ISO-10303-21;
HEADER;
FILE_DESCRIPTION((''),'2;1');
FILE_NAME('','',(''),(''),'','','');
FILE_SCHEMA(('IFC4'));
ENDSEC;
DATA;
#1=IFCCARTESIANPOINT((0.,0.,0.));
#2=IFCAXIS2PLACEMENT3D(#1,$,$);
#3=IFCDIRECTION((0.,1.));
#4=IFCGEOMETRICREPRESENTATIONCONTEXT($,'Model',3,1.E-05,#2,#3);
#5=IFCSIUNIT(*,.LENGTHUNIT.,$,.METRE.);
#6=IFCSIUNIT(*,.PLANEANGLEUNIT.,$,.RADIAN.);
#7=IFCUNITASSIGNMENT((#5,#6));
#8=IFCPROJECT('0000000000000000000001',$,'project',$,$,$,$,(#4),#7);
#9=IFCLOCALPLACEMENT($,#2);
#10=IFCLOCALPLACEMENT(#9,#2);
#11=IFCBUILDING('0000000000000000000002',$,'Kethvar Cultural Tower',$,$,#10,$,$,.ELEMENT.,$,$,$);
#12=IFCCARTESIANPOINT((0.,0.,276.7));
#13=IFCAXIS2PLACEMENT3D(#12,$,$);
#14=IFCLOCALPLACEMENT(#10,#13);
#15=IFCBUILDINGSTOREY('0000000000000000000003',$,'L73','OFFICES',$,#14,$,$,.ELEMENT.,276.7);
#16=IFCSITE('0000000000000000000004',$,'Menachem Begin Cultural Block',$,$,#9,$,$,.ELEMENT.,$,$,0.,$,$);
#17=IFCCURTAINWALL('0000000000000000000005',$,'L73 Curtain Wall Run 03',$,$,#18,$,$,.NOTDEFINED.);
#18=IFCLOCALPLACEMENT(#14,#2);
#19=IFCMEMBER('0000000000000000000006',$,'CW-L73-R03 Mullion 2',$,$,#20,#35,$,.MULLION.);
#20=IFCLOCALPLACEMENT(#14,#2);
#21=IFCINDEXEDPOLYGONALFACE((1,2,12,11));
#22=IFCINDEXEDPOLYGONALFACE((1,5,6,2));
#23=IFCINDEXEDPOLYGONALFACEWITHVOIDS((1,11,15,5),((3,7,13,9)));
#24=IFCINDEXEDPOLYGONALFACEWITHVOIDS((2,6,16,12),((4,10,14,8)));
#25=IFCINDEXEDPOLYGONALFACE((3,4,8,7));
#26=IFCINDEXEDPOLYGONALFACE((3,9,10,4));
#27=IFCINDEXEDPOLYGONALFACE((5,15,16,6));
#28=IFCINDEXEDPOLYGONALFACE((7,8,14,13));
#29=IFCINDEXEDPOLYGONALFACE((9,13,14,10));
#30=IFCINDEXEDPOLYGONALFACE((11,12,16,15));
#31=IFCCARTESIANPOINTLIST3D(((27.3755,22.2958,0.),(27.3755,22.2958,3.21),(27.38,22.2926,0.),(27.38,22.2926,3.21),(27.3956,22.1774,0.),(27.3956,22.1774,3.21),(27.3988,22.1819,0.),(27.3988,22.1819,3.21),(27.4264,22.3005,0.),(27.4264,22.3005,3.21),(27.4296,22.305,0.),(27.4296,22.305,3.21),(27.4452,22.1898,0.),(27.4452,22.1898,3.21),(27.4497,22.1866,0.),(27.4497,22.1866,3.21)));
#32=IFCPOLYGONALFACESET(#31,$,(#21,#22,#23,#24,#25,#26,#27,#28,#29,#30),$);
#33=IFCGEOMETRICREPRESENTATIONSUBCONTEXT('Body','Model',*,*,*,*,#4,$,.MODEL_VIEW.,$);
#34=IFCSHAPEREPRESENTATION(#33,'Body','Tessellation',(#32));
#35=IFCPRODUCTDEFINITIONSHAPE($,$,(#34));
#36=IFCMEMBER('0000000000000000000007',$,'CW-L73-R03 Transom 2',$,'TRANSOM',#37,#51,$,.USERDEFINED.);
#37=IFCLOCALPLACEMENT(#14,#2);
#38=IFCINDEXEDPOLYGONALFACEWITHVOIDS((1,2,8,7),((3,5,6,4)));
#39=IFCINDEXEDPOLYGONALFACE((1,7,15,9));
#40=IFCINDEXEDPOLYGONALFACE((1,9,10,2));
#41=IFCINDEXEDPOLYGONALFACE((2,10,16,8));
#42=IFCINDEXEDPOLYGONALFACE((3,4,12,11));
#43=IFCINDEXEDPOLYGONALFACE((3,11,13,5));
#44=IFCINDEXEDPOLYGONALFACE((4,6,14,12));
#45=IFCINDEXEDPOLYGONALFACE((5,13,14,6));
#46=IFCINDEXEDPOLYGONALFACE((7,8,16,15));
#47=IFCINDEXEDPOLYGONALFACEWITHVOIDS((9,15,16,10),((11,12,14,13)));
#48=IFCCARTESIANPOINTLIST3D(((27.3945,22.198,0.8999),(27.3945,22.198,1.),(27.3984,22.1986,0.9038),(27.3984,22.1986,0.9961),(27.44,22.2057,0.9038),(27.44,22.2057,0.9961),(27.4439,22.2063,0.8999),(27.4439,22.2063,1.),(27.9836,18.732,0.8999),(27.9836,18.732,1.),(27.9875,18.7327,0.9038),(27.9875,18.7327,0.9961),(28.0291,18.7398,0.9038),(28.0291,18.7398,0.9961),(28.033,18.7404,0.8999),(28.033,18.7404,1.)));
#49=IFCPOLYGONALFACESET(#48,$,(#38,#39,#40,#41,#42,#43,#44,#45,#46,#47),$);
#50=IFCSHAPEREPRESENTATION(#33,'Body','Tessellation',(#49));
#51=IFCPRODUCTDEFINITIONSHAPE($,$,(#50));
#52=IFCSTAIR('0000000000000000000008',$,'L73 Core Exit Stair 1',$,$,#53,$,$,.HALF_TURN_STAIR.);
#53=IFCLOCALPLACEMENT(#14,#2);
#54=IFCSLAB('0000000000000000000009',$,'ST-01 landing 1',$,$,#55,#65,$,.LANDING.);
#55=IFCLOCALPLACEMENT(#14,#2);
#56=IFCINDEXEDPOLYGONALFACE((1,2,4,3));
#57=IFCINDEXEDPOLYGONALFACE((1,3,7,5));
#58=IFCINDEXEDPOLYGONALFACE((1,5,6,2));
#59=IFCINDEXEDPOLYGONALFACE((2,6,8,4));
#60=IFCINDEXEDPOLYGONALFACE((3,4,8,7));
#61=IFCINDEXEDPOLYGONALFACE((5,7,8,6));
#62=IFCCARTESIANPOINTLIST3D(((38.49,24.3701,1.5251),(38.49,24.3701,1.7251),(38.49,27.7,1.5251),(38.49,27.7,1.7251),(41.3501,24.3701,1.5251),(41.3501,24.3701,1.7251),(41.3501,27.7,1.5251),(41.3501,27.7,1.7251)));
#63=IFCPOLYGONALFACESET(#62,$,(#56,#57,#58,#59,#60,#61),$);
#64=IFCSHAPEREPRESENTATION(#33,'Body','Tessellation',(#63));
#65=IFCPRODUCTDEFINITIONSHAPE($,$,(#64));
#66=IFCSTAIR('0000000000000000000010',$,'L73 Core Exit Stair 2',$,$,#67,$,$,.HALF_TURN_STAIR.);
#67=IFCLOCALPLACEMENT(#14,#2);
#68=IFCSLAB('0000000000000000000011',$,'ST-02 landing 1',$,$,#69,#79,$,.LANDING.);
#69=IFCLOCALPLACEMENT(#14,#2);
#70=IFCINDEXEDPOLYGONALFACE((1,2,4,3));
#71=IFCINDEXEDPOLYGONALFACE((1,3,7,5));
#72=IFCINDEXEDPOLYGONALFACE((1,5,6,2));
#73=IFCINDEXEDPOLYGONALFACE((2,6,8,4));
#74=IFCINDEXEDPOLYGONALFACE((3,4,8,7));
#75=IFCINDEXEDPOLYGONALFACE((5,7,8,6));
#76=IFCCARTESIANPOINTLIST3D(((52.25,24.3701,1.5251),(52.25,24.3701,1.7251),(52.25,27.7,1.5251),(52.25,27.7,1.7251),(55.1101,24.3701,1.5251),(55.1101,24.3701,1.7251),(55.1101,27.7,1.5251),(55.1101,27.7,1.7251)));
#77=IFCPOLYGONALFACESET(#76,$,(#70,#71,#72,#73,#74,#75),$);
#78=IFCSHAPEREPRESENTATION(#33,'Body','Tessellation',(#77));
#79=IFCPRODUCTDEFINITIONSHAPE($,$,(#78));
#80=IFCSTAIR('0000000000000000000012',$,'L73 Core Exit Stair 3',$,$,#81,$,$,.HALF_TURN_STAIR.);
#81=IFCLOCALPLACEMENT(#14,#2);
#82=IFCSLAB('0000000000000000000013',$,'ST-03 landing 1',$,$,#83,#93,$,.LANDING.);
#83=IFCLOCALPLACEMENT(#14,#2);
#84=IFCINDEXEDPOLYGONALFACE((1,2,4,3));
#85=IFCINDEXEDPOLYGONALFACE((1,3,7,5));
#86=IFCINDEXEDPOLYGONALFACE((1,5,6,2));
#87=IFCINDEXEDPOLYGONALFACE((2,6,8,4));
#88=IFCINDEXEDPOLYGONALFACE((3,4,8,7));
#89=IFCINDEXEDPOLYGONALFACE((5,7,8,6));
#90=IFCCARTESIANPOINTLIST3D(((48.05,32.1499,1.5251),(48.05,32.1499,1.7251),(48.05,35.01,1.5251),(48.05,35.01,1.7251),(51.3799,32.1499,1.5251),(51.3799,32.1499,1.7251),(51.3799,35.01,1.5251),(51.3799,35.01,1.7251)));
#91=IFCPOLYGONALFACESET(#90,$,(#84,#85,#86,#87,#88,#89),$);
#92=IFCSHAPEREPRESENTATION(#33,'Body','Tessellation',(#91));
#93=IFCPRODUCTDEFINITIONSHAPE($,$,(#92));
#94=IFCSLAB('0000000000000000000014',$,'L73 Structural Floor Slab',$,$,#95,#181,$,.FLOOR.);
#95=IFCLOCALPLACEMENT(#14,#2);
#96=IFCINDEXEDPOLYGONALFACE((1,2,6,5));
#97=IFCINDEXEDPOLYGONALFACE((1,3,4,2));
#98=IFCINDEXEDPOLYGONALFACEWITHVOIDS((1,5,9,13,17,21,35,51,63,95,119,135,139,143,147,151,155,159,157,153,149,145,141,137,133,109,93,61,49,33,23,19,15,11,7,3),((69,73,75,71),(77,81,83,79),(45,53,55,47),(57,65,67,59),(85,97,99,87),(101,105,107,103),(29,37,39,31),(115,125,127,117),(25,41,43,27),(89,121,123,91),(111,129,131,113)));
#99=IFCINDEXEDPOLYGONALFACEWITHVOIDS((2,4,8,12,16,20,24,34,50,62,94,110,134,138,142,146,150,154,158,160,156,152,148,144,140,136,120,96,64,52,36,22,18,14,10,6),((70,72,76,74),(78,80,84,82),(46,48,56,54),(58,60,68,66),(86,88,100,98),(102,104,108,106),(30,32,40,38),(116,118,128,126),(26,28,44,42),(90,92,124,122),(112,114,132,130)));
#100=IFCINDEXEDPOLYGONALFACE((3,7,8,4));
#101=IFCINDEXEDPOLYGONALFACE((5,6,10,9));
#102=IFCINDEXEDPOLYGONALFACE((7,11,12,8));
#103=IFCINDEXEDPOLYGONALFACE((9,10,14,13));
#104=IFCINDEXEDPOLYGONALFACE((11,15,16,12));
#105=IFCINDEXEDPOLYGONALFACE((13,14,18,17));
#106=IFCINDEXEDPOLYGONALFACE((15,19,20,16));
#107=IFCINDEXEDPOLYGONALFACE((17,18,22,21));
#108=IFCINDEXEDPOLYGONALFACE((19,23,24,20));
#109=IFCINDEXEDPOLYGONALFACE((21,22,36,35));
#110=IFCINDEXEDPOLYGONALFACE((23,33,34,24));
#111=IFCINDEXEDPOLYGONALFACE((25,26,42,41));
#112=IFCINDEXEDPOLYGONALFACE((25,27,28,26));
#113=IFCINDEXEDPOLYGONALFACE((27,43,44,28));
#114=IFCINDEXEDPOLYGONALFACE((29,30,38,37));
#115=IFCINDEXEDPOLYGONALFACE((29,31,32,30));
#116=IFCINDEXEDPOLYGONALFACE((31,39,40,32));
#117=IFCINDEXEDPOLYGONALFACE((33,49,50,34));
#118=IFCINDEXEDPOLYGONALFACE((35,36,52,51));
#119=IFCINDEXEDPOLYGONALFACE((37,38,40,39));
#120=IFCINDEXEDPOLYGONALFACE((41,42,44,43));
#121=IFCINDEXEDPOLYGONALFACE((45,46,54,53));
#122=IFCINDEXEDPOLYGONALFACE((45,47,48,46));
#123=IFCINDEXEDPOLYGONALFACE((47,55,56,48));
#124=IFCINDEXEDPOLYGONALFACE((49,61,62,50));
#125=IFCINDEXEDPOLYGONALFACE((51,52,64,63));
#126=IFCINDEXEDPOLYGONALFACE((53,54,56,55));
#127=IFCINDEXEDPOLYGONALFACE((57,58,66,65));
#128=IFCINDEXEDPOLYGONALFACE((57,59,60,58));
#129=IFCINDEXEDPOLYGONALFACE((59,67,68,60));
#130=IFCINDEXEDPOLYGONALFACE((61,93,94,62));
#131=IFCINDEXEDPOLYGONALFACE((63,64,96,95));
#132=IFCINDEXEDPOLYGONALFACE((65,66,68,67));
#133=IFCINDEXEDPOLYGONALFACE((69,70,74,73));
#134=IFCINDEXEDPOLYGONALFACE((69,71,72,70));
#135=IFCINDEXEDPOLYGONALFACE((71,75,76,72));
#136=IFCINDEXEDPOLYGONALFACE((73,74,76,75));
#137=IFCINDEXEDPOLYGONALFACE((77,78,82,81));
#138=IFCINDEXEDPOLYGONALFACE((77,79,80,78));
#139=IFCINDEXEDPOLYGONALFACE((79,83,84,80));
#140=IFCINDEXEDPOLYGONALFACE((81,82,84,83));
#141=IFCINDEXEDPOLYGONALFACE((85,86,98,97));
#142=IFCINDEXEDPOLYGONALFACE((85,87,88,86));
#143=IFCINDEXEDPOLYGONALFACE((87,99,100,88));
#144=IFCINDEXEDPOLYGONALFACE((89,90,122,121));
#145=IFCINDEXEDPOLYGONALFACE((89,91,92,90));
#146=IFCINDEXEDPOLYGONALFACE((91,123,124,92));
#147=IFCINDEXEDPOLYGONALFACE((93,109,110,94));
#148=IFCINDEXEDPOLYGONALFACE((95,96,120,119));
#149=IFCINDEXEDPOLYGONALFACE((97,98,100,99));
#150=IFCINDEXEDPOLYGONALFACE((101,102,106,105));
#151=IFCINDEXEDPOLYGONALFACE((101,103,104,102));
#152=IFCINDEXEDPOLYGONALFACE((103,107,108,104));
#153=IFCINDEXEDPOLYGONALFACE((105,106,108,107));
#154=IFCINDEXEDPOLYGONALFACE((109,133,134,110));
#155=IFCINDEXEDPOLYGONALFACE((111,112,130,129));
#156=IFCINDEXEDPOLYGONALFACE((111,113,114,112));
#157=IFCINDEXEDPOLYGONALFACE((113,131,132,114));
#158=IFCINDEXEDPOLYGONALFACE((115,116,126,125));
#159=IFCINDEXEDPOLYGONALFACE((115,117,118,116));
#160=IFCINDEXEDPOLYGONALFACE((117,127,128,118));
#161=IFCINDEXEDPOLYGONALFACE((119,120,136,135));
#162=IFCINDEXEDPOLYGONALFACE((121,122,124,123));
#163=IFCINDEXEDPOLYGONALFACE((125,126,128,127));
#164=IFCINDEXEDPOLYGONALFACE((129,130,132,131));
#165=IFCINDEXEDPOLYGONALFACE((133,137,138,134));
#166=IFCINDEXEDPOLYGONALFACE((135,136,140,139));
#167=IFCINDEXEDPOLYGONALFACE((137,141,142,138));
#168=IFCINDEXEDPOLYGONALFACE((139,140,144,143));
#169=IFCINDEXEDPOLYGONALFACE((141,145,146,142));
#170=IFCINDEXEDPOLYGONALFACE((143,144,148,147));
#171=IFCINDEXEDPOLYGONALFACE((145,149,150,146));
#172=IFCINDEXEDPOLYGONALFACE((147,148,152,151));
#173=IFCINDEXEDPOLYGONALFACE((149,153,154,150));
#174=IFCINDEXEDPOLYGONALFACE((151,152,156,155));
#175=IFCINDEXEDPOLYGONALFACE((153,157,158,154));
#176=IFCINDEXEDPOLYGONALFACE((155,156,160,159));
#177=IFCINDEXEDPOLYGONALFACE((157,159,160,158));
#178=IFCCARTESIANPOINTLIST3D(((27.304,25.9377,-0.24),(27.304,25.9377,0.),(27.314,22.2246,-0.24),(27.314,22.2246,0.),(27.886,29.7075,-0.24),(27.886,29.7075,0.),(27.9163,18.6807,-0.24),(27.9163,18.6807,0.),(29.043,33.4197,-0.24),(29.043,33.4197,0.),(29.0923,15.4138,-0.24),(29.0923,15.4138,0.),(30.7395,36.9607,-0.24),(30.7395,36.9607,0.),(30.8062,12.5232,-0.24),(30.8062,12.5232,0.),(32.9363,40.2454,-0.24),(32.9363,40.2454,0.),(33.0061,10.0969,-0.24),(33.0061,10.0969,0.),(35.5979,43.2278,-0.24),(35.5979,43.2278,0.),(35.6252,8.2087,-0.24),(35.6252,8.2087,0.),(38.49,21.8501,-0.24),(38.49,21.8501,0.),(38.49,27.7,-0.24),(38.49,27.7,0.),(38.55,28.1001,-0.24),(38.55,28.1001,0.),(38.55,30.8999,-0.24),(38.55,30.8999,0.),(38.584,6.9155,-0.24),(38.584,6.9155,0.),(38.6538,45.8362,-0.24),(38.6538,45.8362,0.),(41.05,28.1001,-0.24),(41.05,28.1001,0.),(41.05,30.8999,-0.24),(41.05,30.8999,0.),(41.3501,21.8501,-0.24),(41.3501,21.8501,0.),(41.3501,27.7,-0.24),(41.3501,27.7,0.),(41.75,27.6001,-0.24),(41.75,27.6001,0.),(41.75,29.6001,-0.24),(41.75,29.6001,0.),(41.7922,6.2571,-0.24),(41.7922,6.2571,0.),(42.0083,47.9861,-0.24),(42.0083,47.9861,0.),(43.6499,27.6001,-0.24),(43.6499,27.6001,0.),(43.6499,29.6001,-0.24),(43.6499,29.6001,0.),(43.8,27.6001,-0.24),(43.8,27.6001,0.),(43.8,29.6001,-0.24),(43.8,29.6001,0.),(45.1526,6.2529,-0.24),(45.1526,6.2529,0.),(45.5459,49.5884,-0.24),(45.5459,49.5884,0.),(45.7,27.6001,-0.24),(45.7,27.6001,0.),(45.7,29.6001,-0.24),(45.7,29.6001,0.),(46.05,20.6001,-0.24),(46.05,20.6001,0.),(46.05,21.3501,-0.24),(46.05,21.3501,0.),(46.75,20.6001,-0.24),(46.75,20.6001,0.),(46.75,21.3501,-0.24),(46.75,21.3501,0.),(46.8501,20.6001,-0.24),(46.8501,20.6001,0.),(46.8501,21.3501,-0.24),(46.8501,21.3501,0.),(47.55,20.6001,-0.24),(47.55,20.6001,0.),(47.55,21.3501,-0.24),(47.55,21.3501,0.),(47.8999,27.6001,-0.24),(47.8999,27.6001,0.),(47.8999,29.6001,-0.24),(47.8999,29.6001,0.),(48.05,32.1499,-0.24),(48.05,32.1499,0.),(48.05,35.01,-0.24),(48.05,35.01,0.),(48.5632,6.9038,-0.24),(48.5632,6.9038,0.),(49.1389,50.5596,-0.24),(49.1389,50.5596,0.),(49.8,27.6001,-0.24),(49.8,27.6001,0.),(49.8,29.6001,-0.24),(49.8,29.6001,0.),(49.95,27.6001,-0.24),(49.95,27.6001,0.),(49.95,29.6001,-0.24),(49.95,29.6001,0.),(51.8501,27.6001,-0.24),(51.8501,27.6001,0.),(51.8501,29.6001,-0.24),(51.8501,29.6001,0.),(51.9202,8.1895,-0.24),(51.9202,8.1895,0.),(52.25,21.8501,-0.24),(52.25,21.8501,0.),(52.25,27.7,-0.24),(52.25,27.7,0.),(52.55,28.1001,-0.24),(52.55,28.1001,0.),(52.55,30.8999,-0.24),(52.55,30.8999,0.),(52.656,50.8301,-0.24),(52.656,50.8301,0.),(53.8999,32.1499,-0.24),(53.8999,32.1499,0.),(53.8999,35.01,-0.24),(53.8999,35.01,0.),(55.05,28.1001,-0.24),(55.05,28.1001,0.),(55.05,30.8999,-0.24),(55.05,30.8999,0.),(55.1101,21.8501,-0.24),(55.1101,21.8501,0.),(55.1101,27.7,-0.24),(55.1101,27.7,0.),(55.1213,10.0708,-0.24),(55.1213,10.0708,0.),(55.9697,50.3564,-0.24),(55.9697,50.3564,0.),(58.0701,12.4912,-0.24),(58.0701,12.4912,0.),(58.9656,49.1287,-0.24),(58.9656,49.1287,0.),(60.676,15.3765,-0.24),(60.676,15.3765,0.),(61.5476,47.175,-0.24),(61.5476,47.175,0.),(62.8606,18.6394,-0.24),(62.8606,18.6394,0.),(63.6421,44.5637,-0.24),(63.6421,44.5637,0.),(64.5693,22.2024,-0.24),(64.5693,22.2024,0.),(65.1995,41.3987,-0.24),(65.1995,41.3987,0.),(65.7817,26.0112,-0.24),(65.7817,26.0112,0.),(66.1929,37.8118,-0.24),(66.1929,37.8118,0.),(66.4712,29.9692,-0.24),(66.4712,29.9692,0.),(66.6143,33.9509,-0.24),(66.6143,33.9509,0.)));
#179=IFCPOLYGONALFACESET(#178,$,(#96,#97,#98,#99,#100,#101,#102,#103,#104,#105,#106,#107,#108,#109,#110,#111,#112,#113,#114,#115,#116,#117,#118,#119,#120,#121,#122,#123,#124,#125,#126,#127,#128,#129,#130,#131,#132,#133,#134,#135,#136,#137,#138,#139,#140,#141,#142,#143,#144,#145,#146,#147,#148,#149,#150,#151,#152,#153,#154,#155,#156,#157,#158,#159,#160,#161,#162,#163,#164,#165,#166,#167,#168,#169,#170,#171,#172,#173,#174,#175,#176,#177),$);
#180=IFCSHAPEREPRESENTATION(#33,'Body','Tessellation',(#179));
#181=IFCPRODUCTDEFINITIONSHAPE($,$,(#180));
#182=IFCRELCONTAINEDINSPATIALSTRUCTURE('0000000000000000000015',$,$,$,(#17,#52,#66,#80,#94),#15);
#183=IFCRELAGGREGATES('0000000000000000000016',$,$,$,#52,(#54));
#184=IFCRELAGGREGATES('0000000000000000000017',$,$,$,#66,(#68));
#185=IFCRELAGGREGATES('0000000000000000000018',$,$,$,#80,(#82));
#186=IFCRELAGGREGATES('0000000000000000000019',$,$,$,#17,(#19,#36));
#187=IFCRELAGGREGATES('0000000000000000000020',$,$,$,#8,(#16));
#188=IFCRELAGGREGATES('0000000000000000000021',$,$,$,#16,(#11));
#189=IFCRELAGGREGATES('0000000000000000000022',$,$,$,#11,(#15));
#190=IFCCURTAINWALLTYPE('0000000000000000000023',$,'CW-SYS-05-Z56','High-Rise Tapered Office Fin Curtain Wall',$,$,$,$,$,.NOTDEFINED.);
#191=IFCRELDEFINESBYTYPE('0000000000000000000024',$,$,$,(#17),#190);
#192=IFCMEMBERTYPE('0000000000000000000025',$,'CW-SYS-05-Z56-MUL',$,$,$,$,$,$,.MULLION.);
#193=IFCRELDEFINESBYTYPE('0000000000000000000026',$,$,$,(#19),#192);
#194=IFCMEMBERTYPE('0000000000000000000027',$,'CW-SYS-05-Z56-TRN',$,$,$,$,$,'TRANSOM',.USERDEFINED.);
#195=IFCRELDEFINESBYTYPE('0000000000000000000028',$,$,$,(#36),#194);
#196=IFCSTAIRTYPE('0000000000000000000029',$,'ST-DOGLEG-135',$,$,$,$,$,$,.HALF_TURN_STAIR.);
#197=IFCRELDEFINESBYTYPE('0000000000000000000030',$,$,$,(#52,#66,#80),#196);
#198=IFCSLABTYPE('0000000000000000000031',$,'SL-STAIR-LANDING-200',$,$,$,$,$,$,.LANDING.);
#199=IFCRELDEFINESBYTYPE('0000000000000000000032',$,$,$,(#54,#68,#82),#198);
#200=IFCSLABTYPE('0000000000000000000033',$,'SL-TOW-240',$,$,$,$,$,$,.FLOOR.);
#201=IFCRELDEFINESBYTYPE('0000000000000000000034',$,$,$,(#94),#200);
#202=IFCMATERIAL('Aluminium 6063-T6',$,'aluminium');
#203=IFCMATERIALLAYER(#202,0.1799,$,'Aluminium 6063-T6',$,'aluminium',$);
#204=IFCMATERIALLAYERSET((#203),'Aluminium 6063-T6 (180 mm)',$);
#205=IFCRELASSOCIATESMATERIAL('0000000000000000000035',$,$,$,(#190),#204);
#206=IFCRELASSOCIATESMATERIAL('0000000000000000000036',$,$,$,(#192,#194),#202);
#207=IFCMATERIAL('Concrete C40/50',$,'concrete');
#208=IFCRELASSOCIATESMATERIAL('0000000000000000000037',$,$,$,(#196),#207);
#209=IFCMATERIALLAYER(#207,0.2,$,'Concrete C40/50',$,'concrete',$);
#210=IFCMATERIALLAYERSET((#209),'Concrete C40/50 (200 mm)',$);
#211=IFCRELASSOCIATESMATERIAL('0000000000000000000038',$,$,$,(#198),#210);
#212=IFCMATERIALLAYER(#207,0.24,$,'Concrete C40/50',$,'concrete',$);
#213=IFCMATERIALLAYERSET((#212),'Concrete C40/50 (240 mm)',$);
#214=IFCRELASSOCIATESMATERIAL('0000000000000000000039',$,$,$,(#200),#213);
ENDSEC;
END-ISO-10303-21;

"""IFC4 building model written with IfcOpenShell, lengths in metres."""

from ifc_helpers import new_model, si_unit, direction, frame, origin, origin_2d, place, context, subcontext, project, spatial, polyline, hollow_rectangle, outline, extrude, source, transform, mapped, material, layer, layer_set, material_profile, profile_set, type_object, element, aggregate, save


model = new_model("IFC4")

# Units and contexts
model_context = context("Model", 3, precision=1e-05, world=origin(), true_north=direction((0.0, 1.0)))
body_context = subcontext(model_context, "Body", "Model", "MODEL_VIEW")
ifc_project = project(units=[si_unit("LENGTHUNIT", "METRE"), si_unit("PLANEANGLEUNIT", "RADIAN")], contexts=[model_context])

# Site, building, storey
site_placement = place(None, origin())
site = spatial("IfcSite", under=ifc_project, at=site_placement, Name="Menachem Begin Cultural Block", CompositionType="ELEMENT", RefElevation=0.0)
building_placement = place(site_placement, origin())
building = spatial("IfcBuilding", under=site, at=building_placement, Name="Kethvar Cultural Tower", CompositionType="ELEMENT")
storey_placement = place(building_placement, frame((0.0, 0.0, 276.7)))
storey = spatial("IfcBuildingStorey", under=building, at=storey_placement, Name="L73", Description="OFFICES", CompositionType="ELEMENT", Elevation=276.7)

# Curtain wall, members
ifc_material_1 = material(Name="Aluminium 6063-T6", Category="aluminium")
ifc_layer_1 = layer(ifc_material_1, 0.1799, Name="Aluminium 6063-T6", Category="aluminium")
ifc_layer_set_1 = layer_set([ifc_layer_1], Name="Aluminium 6063-T6 (180 mm)")
curtain_wall_type = type_object("IfcCurtainWallType", Name="CW-SYS-05-Z56", Description="High-Rise Tapered Office Fin Curtain Wall", PredefinedType="NOTDEFINED", material=ifc_layer_set_1)
curtain_wall_placement = place(storey_placement, origin())
curtain_wall = element("IfcCurtainWall", 1, at=curtain_wall_placement, inside=storey, type_object=curtain_wall_type, Name="L73 Curtain Wall Run 03", PredefinedType="NOTDEFINED")
ifc_material_profile_1 = material_profile(ifc_material_1, hollow_rectangle(XDim=0.0549, YDim=0.1201, WallThickness=0.0039, at=origin_2d()), Name="Aluminium 6063-T6 — RHS120x55x4")
ifc_profile_set_1 = profile_set([ifc_material_profile_1], Name="Aluminium 6063-T6 — RHS120x55x4")
member_type_1 = type_object("IfcMemberType", Name="CW-SYS-05-Z56-MUL", PredefinedType="MULLION", material=ifc_profile_set_1)
shared_shape_1 = source(origin(), body_context, "Body", "SweptSolid", [
    extrude(hollow_rectangle(XDim=0.0549, YDim=0.1201, WallThickness=0.0039, at=origin_2d()), origin(), (0.0, 0.0, 1.0), 3.21),
])
member_1_placement = place(storey_placement, frame((27.4126, 22.2412, 0.0), z_axis=(0.0, 0.0, 1.0), x_axis=(0.985868, 0.167526, 0.0)))
member_1 = element("IfcMember", 2, at=member_1_placement, type_object=member_type_1, Name="CW-L73-R03 Mullion 2", PredefinedType="MULLION", context=body_context, shape_type="MappedRepresentation", body=[
    mapped(shared_shape_1, transform((0.0, 0.0, 0.0), scale=1.0)),
])
ifc_material_profile_2 = material_profile(ifc_material_1, hollow_rectangle(XDim=0.05, YDim=0.1001, WallThickness=0.0039, at=origin_2d()), Name="Aluminium 6063-T6 — RHS100x50x4")
ifc_profile_set_2 = profile_set([ifc_material_profile_2], Name="Aluminium 6063-T6 — RHS100x50x4")
member_type_2 = type_object("IfcMemberType", Name="CW-SYS-05-Z56-TRN", ElementType="TRANSOM", PredefinedType="USERDEFINED", material=ifc_profile_set_2)
shared_shape_2 = source(origin(), body_context, "Body", "SweptSolid", [
    extrude(hollow_rectangle(XDim=0.05, YDim=0.1001, WallThickness=0.0039, at=origin_2d()), origin(), (0.0, 0.0, 1.0), 3.5156),
])
member_2_placement = place(storey_placement, frame((27.4192, 22.2021, 0.95), z_axis=(0.167574, -0.98586, 0.0), x_axis=(0.98586, 0.167574, 0.0)))
member_2 = element("IfcMember", 3, at=member_2_placement, type_object=member_type_2, Name="CW-L73-R03 Transom 2", ObjectType="TRANSOM", PredefinedType="USERDEFINED", context=body_context, shape_type="MappedRepresentation", body=[
    mapped(shared_shape_2, transform((0.0, 0.0, 0.0), scale=1.0)),
])

# Stairs, slabs
ifc_material_2 = material(Name="Concrete C40/50", Category="concrete")
stair_type = type_object("IfcStairType", Name="ST-DOGLEG-135", PredefinedType="HALF_TURN_STAIR", material=ifc_material_2)
stair_1_placement = place(storey_placement, origin())
stair_1 = element("IfcStair", 4, at=stair_1_placement, inside=storey, type_object=stair_type, Name="L73 Core Exit Stair 1", PredefinedType="HALF_TURN_STAIR")
ifc_layer_2 = layer(ifc_material_2, 0.2, Name="Concrete C40/50", Category="concrete")
ifc_layer_set_2 = layer_set([ifc_layer_2], Name="Concrete C40/50 (200 mm)")
slab_type_1 = type_object("IfcSlabType", Name="SL-STAIR-LANDING-200", PredefinedType="LANDING", material=ifc_layer_set_2)
slab_1_placement = place(storey_placement, frame((0.0, 0.0, 1.5251)))
slab_1 = element("IfcSlab", 5, at=slab_1_placement, type_object=slab_type_1, Name="ST-01 landing 1", PredefinedType="LANDING", context=body_context, shape_type="SweptSolid", body=[
    extrude(outline(polyline([(41.3501, 24.3701), (41.3501, 27.7), (38.49, 27.7), (38.49, 24.3701), (41.3501, 24.3701)])), origin(), (0.0, 0.0, 1.0), 0.2),
])
aggregate(stair_1, [slab_1])
stair_2_placement = place(storey_placement, origin())
stair_2 = element("IfcStair", 6, at=stair_2_placement, inside=storey, type_object=stair_type, Name="L73 Core Exit Stair 2", PredefinedType="HALF_TURN_STAIR")
slab_2_placement = place(storey_placement, frame((0.0, 0.0, 1.5251)))
slab_2 = element("IfcSlab", 7, at=slab_2_placement, type_object=slab_type_1, Name="ST-02 landing 1", PredefinedType="LANDING", context=body_context, shape_type="SweptSolid", body=[
    extrude(outline(polyline([(55.1101, 24.3701), (55.1101, 27.7), (52.25, 27.7), (52.25, 24.3701), (55.1101, 24.3701)])), origin(), (0.0, 0.0, 1.0), 0.2),
])
aggregate(stair_2, [slab_2])
stair_3_placement = place(storey_placement, origin())
stair_3 = element("IfcStair", 8, at=stair_3_placement, inside=storey, type_object=stair_type, Name="L73 Core Exit Stair 3", PredefinedType="HALF_TURN_STAIR")
slab_3_placement = place(storey_placement, frame((0.0, 0.0, 1.5251)))
slab_3 = element("IfcSlab", 9, at=slab_3_placement, type_object=slab_type_1, Name="ST-03 landing 1", PredefinedType="LANDING", context=body_context, shape_type="SweptSolid", body=[
    extrude(outline(polyline([(51.3799, 35.01), (48.05, 35.01), (48.05, 32.1499), (51.3799, 32.1499), (51.3799, 35.01)])), origin(), (0.0, 0.0, 1.0), 0.2),
])
aggregate(stair_3, [slab_3])

# Slab
ifc_layer_3 = layer(ifc_material_2, 0.24, Name="Concrete C40/50", Category="concrete")
ifc_layer_set_3 = layer_set([ifc_layer_3], Name="Concrete C40/50 (240 mm)")
slab_type_2 = type_object("IfcSlabType", Name="SL-TOW-240", PredefinedType="FLOOR", material=ifc_layer_set_3)
slab_4_placement = place(storey_placement, frame((0.0, 0.0, -0.24)))
element("IfcSlab", 10, at=slab_4_placement, inside=storey, type_object=slab_type_2, Name="L73 Structural Floor Slab", PredefinedType="FLOOR", context=body_context, shape_type="SweptSolid", body=[
    extrude(outline(polyline([(58.9656, 49.1287), (55.9697, 50.3564), (52.656, 50.8301), (49.1389, 50.5596), (45.5459, 49.5884), (42.0083, 47.9861), (38.6538, 45.8362), (35.5979, 43.2278), (32.9363, 40.2454), (30.7395, 36.9607), (29.043, 33.4197), (27.886, 29.7075), (27.304, 25.9377), (27.314, 22.2246), (27.9163, 18.6807), (29.0923, 15.4138), (30.8062, 12.5232), (33.0061, 10.0969), (35.6252, 8.2087), (38.584, 6.9155), (41.7922, 6.2571), (45.1526, 6.2529), (48.5632, 6.9038), (51.9202, 8.1895), (55.1213, 10.0708), (58.0701, 12.4912), (60.676, 15.3765), (62.8606, 18.6394), (64.5693, 22.2024), (65.7817, 26.0112), (66.4712, 29.9692), (66.6143, 33.9509), (66.1929, 37.8118), (65.1995, 41.3987), (63.6421, 44.5637), (61.5476, 47.175), (58.9656, 49.1287)]), holes=[polyline([(38.49, 21.8501), (38.49, 27.7), (41.3501, 27.7), (41.3501, 21.8501), (38.49, 21.8501)]), polyline([(52.25, 21.8501), (52.25, 27.7), (55.1101, 27.7), (55.1101, 21.8501), (52.25, 21.8501)]), polyline([(53.8999, 32.1499), (48.05, 32.1499), (48.05, 35.01), (53.8999, 35.01), (53.8999, 32.1499)]), polyline([(41.75, 29.6001), (43.6499, 29.6001), (43.6499, 27.6001), (41.75, 27.6001), (41.75, 29.6001)]), polyline([(43.8, 29.6001), (45.7, 29.6001), (45.7, 27.6001), (43.8, 27.6001), (43.8, 29.6001)]), polyline([(47.8999, 29.6001), (49.8, 29.6001), (49.8, 27.6001), (47.8999, 27.6001), (47.8999, 29.6001)]), polyline([(49.95, 29.6001), (51.8501, 29.6001), (51.8501, 27.6001), (49.95, 27.6001), (49.95, 29.6001)]), polyline([(38.55, 30.8999), (41.05, 30.8999), (41.05, 28.1001), (38.55, 28.1001), (38.55, 30.8999)]), polyline([(52.55, 30.8999), (55.05, 30.8999), (55.05, 28.1001), (52.55, 28.1001), (52.55, 30.8999)]), polyline([(46.05, 21.3501), (46.75, 21.3501), (46.75, 20.6001), (46.05, 20.6001), (46.05, 21.3501)]), polyline([(46.8501, 21.3501), (47.55, 21.3501), (47.55, 20.6001), (46.8501, 20.6001), (46.8501, 21.3501)])]), origin(), (0.0, 0.0, 1.0), 0.24),
])

aggregate(curtain_wall, [member_1, member_2])

save(model, "model.ifc")
